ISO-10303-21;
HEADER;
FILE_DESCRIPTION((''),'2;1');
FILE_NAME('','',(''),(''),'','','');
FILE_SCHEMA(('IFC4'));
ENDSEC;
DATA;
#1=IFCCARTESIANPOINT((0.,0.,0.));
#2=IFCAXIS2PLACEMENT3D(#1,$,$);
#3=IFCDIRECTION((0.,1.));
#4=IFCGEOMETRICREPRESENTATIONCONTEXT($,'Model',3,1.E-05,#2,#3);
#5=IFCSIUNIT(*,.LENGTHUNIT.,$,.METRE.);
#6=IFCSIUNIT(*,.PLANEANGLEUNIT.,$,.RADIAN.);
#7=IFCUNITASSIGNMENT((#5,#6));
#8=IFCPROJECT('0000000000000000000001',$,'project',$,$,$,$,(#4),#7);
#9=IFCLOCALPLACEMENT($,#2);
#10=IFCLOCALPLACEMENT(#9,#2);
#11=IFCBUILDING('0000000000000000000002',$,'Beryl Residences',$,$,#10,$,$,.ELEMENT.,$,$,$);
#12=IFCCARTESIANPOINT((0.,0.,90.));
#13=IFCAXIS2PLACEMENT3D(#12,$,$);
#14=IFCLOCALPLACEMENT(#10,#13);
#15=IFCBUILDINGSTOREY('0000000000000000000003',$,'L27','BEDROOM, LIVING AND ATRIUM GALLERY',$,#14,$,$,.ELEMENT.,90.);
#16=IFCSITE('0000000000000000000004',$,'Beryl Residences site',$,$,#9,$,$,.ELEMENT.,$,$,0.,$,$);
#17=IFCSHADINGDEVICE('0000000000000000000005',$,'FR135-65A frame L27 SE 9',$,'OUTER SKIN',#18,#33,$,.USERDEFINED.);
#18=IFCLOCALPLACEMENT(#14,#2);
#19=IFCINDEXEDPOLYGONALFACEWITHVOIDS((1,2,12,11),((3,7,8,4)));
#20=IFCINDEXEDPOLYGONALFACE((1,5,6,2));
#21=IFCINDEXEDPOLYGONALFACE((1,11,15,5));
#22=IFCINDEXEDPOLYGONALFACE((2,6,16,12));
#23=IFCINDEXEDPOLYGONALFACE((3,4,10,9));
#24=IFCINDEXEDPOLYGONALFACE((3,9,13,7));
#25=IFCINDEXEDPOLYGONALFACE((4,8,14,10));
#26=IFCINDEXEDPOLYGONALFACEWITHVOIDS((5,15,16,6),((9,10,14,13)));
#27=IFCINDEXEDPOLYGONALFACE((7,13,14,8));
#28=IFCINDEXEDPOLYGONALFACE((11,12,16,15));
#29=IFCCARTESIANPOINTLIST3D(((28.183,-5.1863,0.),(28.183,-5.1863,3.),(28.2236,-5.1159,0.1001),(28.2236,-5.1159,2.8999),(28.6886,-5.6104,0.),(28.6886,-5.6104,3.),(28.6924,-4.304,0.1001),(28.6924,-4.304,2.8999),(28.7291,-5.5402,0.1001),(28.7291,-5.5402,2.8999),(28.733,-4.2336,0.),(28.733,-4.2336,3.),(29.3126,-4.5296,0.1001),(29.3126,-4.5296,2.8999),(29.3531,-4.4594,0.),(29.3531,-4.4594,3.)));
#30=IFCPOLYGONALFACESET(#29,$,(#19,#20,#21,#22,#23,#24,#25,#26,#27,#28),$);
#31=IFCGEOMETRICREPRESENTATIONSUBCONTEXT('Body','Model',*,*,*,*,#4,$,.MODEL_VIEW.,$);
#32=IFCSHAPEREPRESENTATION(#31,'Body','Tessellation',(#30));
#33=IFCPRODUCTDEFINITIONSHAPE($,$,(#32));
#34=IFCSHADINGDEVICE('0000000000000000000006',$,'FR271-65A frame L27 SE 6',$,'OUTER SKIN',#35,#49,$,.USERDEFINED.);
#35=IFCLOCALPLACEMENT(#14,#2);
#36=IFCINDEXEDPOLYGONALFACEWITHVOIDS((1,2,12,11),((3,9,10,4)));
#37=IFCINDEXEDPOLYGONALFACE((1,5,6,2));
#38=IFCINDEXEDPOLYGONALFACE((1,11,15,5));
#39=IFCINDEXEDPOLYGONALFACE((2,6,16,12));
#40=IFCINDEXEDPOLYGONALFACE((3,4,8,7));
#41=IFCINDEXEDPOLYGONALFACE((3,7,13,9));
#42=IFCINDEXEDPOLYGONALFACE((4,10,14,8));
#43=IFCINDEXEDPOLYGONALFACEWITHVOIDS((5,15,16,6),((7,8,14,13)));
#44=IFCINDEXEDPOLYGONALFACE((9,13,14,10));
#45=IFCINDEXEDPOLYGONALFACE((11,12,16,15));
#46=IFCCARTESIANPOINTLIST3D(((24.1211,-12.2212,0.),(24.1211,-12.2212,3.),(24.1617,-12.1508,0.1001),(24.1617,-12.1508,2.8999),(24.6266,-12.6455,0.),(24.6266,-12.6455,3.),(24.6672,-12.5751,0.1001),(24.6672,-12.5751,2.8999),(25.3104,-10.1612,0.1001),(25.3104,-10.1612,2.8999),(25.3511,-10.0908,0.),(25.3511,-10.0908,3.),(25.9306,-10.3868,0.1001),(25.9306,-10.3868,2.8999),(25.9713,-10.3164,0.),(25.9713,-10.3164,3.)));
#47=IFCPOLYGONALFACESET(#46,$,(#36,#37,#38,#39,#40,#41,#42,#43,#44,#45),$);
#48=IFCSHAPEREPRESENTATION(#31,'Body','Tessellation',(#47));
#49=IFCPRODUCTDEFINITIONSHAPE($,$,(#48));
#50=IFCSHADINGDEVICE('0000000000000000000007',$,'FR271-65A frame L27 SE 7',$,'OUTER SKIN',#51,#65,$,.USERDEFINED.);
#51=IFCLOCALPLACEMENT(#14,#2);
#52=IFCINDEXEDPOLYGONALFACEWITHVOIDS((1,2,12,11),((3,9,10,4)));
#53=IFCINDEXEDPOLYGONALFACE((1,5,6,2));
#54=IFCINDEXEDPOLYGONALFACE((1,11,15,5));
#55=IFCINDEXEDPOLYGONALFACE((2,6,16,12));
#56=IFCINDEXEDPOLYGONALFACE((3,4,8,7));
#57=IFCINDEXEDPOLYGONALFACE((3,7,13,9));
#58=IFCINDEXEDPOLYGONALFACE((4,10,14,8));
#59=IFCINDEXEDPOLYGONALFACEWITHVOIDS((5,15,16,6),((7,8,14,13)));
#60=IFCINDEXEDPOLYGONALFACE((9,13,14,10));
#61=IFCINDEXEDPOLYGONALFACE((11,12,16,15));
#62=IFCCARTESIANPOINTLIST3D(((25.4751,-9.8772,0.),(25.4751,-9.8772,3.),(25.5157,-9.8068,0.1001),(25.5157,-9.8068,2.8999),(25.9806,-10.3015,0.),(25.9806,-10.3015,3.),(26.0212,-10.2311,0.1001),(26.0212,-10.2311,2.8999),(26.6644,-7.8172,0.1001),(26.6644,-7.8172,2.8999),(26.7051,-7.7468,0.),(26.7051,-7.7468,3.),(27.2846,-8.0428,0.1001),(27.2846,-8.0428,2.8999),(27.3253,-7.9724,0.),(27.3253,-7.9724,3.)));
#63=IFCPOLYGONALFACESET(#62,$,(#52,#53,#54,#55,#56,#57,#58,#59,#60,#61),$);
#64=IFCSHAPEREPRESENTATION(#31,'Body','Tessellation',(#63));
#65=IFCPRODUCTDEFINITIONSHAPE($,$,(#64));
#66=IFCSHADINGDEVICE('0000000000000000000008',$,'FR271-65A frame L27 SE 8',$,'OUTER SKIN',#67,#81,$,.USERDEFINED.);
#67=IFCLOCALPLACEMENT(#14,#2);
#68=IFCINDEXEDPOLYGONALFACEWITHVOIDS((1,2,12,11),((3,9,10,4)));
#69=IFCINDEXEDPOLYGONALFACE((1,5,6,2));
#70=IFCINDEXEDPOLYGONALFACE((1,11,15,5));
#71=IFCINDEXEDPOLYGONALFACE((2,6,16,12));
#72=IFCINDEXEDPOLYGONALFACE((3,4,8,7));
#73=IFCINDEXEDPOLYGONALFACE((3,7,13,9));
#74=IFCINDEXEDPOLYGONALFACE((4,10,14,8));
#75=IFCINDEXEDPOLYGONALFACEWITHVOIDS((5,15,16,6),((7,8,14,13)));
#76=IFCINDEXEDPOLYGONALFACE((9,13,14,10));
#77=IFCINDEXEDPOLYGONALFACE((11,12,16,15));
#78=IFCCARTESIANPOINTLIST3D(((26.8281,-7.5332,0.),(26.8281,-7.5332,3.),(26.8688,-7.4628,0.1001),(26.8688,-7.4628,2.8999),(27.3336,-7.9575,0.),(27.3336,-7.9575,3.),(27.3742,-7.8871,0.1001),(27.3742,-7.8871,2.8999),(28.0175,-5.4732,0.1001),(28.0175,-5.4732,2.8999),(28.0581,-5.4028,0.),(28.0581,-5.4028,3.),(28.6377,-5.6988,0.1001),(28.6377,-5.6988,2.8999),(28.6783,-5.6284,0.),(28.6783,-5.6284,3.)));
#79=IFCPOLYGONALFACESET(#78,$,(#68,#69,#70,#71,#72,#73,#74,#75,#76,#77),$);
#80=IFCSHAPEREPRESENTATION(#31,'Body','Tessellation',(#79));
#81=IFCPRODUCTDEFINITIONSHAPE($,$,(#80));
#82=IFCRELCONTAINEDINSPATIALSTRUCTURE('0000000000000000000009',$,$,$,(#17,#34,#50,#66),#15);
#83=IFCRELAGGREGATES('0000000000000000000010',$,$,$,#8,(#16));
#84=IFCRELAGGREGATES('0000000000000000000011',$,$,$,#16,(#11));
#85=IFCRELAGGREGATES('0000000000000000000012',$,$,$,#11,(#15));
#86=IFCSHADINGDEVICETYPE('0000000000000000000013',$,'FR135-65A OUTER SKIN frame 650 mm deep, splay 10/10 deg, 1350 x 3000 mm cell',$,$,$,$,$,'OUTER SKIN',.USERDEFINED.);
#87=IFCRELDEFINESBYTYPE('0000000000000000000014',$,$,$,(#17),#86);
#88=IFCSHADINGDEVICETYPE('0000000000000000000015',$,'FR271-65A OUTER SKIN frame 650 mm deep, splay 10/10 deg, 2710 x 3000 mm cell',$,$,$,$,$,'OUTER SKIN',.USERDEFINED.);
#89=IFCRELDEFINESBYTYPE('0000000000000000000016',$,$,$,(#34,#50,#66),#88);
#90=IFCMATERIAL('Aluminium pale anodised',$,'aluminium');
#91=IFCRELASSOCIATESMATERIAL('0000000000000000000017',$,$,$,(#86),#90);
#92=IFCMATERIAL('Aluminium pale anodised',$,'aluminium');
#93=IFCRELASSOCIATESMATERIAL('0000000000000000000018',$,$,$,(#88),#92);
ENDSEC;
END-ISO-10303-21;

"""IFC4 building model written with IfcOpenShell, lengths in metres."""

from ifc_helpers import new_model, entity, si_unit, direction, frame, origin, place, context, subcontext, project, spatial, source, transform, mapped, material, type_object, type_shapes, element, save


model = new_model("IFC4")

# Units and contexts
model_context = context("Model", 3, precision=1e-05, world=origin(), true_north=direction((0.0, 1.0)))
body_context = subcontext(model_context, "Body", "Model", "MODEL_VIEW")
ifc_project = project(units=[si_unit("LENGTHUNIT", "METRE"), si_unit("PLANEANGLEUNIT", "RADIAN")], contexts=[model_context])

# Site, building, storey
site_placement = place(None, origin())
site = spatial("IfcSite", under=ifc_project, at=site_placement, Name="Beryl Residences site", CompositionType="ELEMENT", RefElevation=0.0)
building_placement = place(site_placement, origin())
building = spatial("IfcBuilding", under=site, at=building_placement, Name="Beryl Residences", CompositionType="ELEMENT")
storey_placement = place(building_placement, frame((0.0, 0.0, 90.0)))
storey = spatial("IfcBuildingStorey", under=building, at=storey_placement, Name="L27", Description="BEDROOM, LIVING AND ATRIUM GALLERY", CompositionType="ELEMENT", Elevation=90.0)

# Shading devices
ifc_material_1 = material(Name="Aluminium pale anodised", Category="aluminium")
shading_device_type_1 = type_object("IfcShadingDeviceType", Name="FR135-65A OUTER SKIN frame 650 mm deep, splay 10/10 deg, 1350 x 3000 mm cell", ElementType="OUTER SKIN", PredefinedType="USERDEFINED", material=ifc_material_1)
cartesian_point_1 = entity("IfcCartesianPoint", [-0.55, 0.0])
cartesian_point_2 = entity("IfcCartesianPoint", [-0.4688, 0.1001])
cartesian_point_3 = entity("IfcCartesianPoint", [-0.6646, 0.0])
cartesian_point_4 = entity("IfcCartesianPoint", [-0.5835, 0.1001])
shared_shape_1 = source(origin(), body_context, "Body", "SweptSolid", [
    entity("IfcExtrudedAreaSolidTapered", entity("IfcArbitraryProfileDefWithVoids", "AREA", None, entity("IfcPolyline", [cartesian_point_1, entity("IfcCartesianPoint", [0.55, 0.0]), entity("IfcCartesianPoint", [0.55, 3.0]), entity("IfcCartesianPoint", [-0.55, 3.0]), cartesian_point_1]), [entity("IfcPolyline", [cartesian_point_2, entity("IfcCartesianPoint", [0.4688, 0.1001]), entity("IfcCartesianPoint", [0.4688, 2.8999]), entity("IfcCartesianPoint", [-0.4688, 2.8999]), cartesian_point_2])]), entity("IfcAxis2Placement3D", entity("IfcCartesianPoint", [0.0, 0.0, 0.0]), entity("IfcDirection", [0.0, 1.0, 0.0]), entity("IfcDirection", [-1.0, 0.0, 0.0])), entity("IfcDirection", [0.0, 0.0, 1.0]), 0.6499, entity("IfcArbitraryProfileDefWithVoids", "AREA", None, entity("IfcPolyline", [cartesian_point_3, entity("IfcCartesianPoint", [0.6646, 0.0]), entity("IfcCartesianPoint", [0.6646, 3.0]), entity("IfcCartesianPoint", [-0.6646, 3.0]), cartesian_point_3]), [entity("IfcPolyline", [cartesian_point_4, entity("IfcCartesianPoint", [0.5835, 0.1001]), entity("IfcCartesianPoint", [0.5835, 2.8999]), entity("IfcCartesianPoint", [-0.5835, 2.8999]), cartesian_point_4])])),
])
type_shapes(shading_device_type_1, [shared_shape_1])
shading_device_placement = place(storey_placement, frame((28.458, -4.71, 0.0), z_axis=(0.0, 0.0, 1.0), x_axis=(-0.5, -0.866025, 0.0)))
element("IfcShadingDevice", 1, at=shading_device_placement, inside=storey, type_object=shading_device_type_1, Name="FR135-65A frame L27 SE 9", ObjectType="OUTER SKIN", PredefinedType="USERDEFINED", context=body_context, shape_type="MappedRepresentation", body=[
    mapped(shared_shape_1, transform((0.0, 0.0, 0.0))),
])
ifc_material_2 = material(Name="Aluminium pale anodised", Category="aluminium")
shading_device_type_2 = type_object("IfcShadingDeviceType", Name="FR271-65A OUTER SKIN frame 650 mm deep, splay 10/10 deg, 2710 x 3000 mm cell", ElementType="OUTER SKIN", PredefinedType="USERDEFINED", material=ifc_material_2)
cartesian_point_5 = entity("IfcCartesianPoint", [-1.23, 0.0])
cartesian_point_6 = entity("IfcCartesianPoint", [-1.1487, 0.1001])
cartesian_point_7 = entity("IfcCartesianPoint", [-1.3447, 0.0])
cartesian_point_8 = entity("IfcCartesianPoint", [-1.2634, 0.1001])
shared_shape_2 = source(origin(), body_context, "Body", "SweptSolid", [
    entity("IfcExtrudedAreaSolidTapered", entity("IfcArbitraryProfileDefWithVoids", "AREA", None, entity("IfcPolyline", [cartesian_point_5, entity("IfcCartesianPoint", [1.23, 0.0]), entity("IfcCartesianPoint", [1.23, 3.0]), entity("IfcCartesianPoint", [-1.23, 3.0]), cartesian_point_5]), [entity("IfcPolyline", [cartesian_point_6, entity("IfcCartesianPoint", [1.1487, 0.1001]), entity("IfcCartesianPoint", [1.1487, 2.8999]), entity("IfcCartesianPoint", [-1.1487, 2.8999]), cartesian_point_6])]), entity("IfcAxis2Placement3D", entity("IfcCartesianPoint", [0.0, 0.0, 0.0]), entity("IfcDirection", [0.0, 1.0, 0.0]), entity("IfcDirection", [-1.0, 0.0, 0.0])), entity("IfcDirection", [0.0, 0.0, 1.0]), 0.6499, entity("IfcArbitraryProfileDefWithVoids", "AREA", None, entity("IfcPolyline", [cartesian_point_7, entity("IfcCartesianPoint", [1.3447, 0.0]), entity("IfcCartesianPoint", [1.3447, 3.0]), entity("IfcCartesianPoint", [-1.3447, 3.0]), cartesian_point_7]), [entity("IfcPolyline", [cartesian_point_8, entity("IfcCartesianPoint", [1.2634, 0.1001]), entity("IfcCartesianPoint", [1.2634, 2.8999]), entity("IfcCartesianPoint", [-1.2634, 2.8999]), cartesian_point_8])])),
])
type_shapes(shading_device_type_2, [shared_shape_2])
for number, where, z_axis, x_axis, name in (
    (2, (24.7361, -11.156, 0.0), (0.0, 0.0, 1.0), (-0.5, -0.866025, 0.0), "FR271-65A frame L27 SE 6"),
    (3, (26.0901, -8.812, 0.0), (0.0, 0.0, 1.0), (-0.5, -0.866025, 0.0), "FR271-65A frame L27 SE 7"),
    (4, (27.4431, -6.468, 0.0), (0.0, 0.0, 1.0), (-0.5, -0.866025, 0.0), "FR271-65A frame L27 SE 8"),
):
    element("IfcShadingDevice", number, at=place(storey_placement, frame(where, z_axis=z_axis, x_axis=x_axis)), inside=storey, type_object=shading_device_type_2, Name=name, ObjectType="OUTER SKIN", PredefinedType="USERDEFINED", context=body_context, shape_type="MappedRepresentation", body=[
        mapped(shared_shape_2, transform((0.0, 0.0, 0.0))),
    ])

save(model, "model.ifc")
